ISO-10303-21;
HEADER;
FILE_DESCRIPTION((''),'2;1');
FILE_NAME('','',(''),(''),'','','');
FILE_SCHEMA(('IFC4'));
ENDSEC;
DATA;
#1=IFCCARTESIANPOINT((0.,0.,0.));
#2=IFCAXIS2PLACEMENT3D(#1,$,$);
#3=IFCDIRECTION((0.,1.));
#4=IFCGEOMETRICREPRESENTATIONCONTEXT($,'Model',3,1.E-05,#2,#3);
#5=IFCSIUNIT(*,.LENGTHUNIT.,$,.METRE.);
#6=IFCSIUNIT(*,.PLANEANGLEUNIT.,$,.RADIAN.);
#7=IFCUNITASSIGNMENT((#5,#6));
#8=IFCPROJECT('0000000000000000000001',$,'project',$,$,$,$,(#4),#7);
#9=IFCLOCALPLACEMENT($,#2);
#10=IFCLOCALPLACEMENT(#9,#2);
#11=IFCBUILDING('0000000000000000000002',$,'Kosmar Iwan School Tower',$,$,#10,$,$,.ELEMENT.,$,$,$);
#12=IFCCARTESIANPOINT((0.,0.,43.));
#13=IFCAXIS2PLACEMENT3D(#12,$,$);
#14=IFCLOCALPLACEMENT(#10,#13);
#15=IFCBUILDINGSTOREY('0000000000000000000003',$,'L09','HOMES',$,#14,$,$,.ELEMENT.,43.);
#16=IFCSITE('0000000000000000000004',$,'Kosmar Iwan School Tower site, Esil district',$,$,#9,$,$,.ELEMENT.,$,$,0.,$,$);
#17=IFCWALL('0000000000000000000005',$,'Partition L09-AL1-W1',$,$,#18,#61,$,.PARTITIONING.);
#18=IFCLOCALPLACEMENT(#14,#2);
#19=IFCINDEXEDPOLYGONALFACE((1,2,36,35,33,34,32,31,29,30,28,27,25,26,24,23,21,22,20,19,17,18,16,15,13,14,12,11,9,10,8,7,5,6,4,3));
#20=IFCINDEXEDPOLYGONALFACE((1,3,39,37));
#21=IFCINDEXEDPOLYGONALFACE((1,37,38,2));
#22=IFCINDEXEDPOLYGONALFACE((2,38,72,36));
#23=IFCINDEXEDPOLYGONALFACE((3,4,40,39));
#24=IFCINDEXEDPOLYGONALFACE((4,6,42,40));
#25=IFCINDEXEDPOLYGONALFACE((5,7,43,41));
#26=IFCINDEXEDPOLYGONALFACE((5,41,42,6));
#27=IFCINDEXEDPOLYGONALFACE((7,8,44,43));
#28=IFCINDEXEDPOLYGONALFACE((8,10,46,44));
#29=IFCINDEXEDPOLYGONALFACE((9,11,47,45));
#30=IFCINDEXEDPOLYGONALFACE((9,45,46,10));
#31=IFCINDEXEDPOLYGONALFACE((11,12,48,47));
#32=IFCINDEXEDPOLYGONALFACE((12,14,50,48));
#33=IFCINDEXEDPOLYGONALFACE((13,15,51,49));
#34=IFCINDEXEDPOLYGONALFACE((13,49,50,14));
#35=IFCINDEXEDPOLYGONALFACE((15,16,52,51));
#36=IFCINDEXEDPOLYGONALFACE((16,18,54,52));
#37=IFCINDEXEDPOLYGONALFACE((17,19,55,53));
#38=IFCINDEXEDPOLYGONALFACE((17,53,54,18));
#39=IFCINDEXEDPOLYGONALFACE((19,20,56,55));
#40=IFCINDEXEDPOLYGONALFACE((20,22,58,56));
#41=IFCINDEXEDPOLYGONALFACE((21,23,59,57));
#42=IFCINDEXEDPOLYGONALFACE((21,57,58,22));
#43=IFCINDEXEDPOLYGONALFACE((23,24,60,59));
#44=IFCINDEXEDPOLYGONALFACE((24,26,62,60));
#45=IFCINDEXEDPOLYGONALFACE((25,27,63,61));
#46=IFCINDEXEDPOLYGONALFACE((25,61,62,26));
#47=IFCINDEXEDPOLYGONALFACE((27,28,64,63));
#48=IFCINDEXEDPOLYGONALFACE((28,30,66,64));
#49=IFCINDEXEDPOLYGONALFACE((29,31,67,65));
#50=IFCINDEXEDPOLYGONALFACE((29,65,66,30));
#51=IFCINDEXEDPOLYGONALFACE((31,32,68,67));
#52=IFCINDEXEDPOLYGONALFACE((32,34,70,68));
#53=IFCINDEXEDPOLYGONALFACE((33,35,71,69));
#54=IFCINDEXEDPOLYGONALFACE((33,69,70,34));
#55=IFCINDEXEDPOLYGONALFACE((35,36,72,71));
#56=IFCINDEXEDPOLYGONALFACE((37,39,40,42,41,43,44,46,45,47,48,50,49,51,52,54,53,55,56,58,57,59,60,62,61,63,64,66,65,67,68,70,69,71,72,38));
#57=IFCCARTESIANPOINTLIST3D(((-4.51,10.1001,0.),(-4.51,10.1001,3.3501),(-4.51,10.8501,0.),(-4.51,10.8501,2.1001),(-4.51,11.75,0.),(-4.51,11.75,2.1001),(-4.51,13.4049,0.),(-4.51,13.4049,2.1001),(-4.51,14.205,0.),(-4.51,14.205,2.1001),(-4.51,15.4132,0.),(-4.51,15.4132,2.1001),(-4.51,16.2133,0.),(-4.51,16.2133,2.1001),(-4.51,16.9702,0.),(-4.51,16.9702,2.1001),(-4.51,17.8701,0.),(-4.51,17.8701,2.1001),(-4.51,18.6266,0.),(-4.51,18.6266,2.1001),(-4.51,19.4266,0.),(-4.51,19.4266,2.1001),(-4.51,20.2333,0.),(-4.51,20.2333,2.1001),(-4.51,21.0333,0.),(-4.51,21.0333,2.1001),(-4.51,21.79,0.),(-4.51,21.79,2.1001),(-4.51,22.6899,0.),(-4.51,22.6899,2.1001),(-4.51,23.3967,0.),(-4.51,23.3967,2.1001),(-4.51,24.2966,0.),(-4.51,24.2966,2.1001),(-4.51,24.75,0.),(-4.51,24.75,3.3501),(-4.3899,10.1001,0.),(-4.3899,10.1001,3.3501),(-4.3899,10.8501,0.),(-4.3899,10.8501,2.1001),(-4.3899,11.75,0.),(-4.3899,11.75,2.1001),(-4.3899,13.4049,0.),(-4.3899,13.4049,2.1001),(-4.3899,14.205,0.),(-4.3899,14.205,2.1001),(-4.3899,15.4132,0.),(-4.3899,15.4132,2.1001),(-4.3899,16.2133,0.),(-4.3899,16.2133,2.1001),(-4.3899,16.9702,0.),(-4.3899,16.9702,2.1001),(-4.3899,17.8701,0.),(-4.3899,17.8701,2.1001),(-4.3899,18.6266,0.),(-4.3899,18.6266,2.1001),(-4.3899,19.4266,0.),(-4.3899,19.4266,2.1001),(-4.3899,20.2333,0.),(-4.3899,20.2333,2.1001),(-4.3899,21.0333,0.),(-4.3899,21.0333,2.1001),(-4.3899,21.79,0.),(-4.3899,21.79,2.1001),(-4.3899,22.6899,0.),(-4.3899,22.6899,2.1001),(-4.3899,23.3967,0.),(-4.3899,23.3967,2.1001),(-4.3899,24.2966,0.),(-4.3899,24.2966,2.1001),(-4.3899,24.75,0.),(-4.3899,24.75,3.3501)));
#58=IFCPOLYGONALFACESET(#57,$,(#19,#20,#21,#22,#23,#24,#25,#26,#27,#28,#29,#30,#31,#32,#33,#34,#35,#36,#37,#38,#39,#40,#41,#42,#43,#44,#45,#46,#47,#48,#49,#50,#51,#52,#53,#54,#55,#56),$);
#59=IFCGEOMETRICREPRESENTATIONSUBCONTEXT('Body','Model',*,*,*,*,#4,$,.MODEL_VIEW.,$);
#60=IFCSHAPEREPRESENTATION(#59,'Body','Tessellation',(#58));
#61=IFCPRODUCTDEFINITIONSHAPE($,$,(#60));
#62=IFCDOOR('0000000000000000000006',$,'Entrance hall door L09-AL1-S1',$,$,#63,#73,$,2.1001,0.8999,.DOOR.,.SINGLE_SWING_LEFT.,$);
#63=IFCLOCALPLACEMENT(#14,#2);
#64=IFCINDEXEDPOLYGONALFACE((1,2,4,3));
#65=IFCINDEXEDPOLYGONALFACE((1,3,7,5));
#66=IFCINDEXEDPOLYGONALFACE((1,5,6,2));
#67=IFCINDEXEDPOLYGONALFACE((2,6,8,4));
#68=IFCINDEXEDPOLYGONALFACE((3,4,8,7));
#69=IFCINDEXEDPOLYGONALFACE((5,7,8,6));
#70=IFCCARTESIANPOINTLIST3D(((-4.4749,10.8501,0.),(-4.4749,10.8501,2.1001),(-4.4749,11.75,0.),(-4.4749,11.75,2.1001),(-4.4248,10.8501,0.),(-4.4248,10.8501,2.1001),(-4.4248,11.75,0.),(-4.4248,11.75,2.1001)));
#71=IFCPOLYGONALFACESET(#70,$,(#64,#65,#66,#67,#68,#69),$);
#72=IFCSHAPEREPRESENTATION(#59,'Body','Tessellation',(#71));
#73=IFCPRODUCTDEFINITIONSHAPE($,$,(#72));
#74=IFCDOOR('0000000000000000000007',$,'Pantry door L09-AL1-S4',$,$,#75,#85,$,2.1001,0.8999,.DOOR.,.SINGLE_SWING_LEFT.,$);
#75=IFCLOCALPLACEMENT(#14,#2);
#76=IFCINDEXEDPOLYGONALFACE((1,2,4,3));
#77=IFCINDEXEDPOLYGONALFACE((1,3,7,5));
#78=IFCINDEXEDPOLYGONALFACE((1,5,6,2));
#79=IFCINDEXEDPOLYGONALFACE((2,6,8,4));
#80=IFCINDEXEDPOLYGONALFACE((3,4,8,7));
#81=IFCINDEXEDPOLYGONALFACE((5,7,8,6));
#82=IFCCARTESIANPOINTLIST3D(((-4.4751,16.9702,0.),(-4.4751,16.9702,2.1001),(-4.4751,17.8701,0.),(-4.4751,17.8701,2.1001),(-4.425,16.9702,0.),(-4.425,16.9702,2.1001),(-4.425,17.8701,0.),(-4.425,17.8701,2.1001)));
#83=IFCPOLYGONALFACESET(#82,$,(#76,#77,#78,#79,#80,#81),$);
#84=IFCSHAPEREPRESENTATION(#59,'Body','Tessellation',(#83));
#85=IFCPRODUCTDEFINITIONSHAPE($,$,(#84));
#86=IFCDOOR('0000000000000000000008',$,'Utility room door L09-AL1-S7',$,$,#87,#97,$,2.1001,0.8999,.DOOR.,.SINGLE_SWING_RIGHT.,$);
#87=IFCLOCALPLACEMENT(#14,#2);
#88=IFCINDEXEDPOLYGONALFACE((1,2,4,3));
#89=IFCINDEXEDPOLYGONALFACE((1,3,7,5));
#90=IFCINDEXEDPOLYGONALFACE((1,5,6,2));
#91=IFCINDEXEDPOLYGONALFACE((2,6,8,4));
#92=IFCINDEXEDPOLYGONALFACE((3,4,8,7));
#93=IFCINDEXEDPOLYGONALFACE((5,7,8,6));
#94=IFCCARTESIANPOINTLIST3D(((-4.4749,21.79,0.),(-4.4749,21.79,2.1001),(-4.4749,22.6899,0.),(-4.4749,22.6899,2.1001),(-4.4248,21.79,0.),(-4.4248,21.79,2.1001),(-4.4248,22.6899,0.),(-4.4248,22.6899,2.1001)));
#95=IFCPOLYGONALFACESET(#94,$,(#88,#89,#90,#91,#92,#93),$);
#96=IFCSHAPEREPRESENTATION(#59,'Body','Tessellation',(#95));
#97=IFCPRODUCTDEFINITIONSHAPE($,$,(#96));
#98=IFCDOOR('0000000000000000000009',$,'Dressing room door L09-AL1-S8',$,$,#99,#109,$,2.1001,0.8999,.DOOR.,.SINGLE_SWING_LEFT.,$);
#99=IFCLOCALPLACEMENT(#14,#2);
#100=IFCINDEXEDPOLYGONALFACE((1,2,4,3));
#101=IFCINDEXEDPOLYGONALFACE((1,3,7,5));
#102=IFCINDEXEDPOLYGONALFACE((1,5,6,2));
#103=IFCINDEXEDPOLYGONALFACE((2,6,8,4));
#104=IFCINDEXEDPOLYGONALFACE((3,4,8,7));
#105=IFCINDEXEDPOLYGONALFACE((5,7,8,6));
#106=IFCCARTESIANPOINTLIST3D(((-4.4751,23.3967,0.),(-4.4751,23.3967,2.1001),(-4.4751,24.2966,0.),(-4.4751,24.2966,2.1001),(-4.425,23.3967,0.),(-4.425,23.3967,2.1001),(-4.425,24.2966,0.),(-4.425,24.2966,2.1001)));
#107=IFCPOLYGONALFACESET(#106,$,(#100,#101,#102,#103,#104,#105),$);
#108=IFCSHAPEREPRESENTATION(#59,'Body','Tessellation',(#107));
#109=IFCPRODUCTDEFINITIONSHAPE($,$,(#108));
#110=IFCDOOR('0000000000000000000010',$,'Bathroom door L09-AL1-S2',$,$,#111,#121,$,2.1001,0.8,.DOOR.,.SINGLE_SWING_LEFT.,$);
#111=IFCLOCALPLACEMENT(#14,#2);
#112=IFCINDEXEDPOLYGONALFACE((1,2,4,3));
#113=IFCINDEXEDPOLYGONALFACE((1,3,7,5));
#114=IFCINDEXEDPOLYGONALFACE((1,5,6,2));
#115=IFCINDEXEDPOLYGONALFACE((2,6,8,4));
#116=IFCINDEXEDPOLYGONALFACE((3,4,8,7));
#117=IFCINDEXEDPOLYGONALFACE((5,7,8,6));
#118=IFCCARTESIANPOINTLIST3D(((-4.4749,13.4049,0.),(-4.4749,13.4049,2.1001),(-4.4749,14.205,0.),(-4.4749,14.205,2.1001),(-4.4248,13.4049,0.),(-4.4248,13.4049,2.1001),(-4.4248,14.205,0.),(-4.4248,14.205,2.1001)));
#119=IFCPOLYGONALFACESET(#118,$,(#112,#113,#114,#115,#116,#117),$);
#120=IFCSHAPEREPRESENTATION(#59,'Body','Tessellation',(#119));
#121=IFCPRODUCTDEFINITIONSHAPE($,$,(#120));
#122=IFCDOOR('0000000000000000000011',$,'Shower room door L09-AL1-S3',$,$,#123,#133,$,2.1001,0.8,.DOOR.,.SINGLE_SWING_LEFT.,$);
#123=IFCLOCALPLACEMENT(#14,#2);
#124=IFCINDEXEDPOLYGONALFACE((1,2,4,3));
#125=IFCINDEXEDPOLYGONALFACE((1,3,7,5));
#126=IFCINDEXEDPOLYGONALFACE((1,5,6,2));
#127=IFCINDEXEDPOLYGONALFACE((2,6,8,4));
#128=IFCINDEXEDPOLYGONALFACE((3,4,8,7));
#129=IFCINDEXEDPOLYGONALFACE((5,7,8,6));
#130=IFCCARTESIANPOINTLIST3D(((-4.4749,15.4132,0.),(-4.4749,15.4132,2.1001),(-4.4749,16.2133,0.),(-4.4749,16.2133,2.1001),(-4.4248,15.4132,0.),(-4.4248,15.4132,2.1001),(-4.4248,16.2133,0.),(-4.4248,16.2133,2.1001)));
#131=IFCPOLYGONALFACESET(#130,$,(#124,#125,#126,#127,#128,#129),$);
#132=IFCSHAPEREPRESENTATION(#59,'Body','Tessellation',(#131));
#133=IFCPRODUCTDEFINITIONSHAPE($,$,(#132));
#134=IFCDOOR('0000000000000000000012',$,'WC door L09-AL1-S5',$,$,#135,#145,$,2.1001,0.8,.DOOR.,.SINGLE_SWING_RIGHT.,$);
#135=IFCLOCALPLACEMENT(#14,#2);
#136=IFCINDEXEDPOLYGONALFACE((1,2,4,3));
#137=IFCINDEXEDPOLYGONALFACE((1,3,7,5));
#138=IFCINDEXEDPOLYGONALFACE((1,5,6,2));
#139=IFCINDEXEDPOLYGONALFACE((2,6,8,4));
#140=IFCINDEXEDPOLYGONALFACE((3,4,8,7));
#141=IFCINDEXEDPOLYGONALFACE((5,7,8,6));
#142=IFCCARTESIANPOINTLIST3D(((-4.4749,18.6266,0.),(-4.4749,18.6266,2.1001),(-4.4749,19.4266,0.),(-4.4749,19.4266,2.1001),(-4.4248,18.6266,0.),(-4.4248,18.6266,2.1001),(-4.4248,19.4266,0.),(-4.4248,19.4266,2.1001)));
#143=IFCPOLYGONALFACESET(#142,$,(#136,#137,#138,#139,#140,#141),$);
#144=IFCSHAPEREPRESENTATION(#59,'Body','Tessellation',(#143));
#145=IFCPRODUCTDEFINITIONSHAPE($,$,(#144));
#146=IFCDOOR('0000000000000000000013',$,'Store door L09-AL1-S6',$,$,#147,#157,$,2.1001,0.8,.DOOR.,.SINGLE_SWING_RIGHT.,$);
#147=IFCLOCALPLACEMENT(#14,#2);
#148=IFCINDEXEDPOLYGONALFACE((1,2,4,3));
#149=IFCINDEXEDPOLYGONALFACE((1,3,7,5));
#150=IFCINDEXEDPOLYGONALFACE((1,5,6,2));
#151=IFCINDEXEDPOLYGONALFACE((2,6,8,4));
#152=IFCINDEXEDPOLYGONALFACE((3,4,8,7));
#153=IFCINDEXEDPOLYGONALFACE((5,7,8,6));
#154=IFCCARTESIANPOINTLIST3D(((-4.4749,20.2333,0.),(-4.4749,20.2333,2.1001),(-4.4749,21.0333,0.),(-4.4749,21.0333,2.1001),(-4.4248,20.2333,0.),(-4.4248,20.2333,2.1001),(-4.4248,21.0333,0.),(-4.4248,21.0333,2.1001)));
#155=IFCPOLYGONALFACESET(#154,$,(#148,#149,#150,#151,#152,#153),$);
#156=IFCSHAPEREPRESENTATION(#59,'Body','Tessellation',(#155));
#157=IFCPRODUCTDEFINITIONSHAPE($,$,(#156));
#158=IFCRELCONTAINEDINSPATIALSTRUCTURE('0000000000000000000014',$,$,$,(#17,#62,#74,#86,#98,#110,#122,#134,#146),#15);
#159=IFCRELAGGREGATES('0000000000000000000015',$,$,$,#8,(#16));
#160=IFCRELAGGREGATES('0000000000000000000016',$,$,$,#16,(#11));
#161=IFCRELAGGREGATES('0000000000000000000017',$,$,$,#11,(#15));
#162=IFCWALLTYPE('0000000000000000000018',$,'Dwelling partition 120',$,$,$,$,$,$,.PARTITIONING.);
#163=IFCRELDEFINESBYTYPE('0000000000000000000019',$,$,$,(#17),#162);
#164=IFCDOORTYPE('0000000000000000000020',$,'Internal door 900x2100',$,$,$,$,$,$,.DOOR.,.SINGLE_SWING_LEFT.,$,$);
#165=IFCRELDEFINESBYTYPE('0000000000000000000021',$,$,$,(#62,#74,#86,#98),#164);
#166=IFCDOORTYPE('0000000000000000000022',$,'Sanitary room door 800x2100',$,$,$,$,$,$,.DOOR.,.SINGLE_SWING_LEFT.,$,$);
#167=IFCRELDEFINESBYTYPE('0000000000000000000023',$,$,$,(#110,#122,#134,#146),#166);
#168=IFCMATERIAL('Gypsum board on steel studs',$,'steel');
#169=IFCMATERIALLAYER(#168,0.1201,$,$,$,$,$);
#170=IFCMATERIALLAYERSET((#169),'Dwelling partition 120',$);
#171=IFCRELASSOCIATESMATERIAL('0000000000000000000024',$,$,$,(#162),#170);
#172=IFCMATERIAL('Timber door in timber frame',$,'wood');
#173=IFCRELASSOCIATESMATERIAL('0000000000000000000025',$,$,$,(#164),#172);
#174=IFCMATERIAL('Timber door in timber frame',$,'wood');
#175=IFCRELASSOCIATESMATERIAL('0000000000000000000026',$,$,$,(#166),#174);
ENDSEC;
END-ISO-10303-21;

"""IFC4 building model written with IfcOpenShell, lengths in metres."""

from ifc_helpers import new_model, si_unit, direction, frame, frame_2d, origin, place, context, subcontext, project, spatial, rectangle, extrude, material, layer, layer_set, type_object, element, fill, save


model = new_model("IFC4")

# Units and contexts
model_context = context("Model", 3, precision=1e-05, world=origin(), true_north=direction((0.0, 1.0)))
body_context = subcontext(model_context, "Body", "Model", "MODEL_VIEW")
ifc_project = project(units=[si_unit("LENGTHUNIT", "METRE"), si_unit("PLANEANGLEUNIT", "RADIAN")], contexts=[model_context])

# Site, building, storey
site_placement = place(None, origin())
site = spatial("IfcSite", under=ifc_project, at=site_placement, Name="Kosmar Iwan School Tower site, Esil district", CompositionType="ELEMENT", RefElevation=0.0)
building_placement = place(site_placement, origin())
building = spatial("IfcBuilding", under=site, at=building_placement, Name="Kosmar Iwan School Tower", CompositionType="ELEMENT")
storey_placement = place(building_placement, frame((0.0, 0.0, 43.0)))
storey = spatial("IfcBuildingStorey", under=building, at=storey_placement, Name="L09", Description="HOMES", CompositionType="ELEMENT", Elevation=43.0)

# Wall, openings, doors
ifc_material_1 = material(Name="Gypsum board on steel studs", Category="steel")
ifc_layer_1 = layer(ifc_material_1, 0.1201)
ifc_layer_set_1 = layer_set([ifc_layer_1], Name="Dwelling partition 120")
wall_type_1 = type_object("IfcWallType", Name="Dwelling partition 120", PredefinedType="PARTITIONING", material=ifc_layer_set_1)
wall_1_placement = place(storey_placement, frame((-4.45, 10.1001, 0.0), z_axis=(0.0, 0.0, 1.0), x_axis=(0.0, 1.0, 0.0)))
wall_1 = element("IfcWall", 1, at=wall_1_placement, inside=storey, type_object=wall_type_1, Name="Partition L09-AL1-W1", PredefinedType="PARTITIONING", context=body_context, shape_type="SweptSolid", body=[
    extrude(rectangle(XDim=14.6499, YDim=0.1201, at=frame_2d((7.325, 0.0))), origin(), (0.0, 0.0, 1.0), 3.3501),
])
opening_1_placement = place(wall_1_placement, frame((0.75, 0.0, 0.0)))
opening_1 = element("IfcOpeningElement", 2, at=opening_1_placement, cuts=wall_1, PredefinedType="OPENING", context=body_context, shape_type="SweptSolid", body=[
    extrude(rectangle(XDim=0.8999, YDim=2.1001, at=frame_2d((0.45, 1.05))), frame((0.0, 0.072, 0.0), z_axis=(0.0, -1.0, 0.0), x_axis=(1.0, 0.0, 0.0)), (0.0, 0.0, 1.0), 0.144),
])
opening_2_placement = place(wall_1_placement, frame((3.3049, 0.0, 0.0)))
opening_2 = element("IfcOpeningElement", 3, at=opening_2_placement, cuts=wall_1, PredefinedType="OPENING", context=body_context, shape_type="SweptSolid", body=[
    extrude(rectangle(XDim=0.8, YDim=2.1001, at=frame_2d((0.3999, 1.05))), frame((0.0, 0.072, 0.0), z_axis=(0.0, -1.0, 0.0), x_axis=(1.0, 0.0, 0.0)), (0.0, 0.0, 1.0), 0.144),
])
opening_3_placement = place(wall_1_placement, frame((5.3132, 0.0, 0.0)))
opening_3 = element("IfcOpeningElement", 4, at=opening_3_placement, cuts=wall_1, PredefinedType="OPENING", context=body_context, shape_type="SweptSolid", body=[
    extrude(rectangle(XDim=0.8, YDim=2.1001, at=frame_2d((0.3999, 1.05))), frame((0.0, 0.072, 0.0), z_axis=(0.0, -1.0, 0.0), x_axis=(1.0, 0.0, 0.0)), (0.0, 0.0, 1.0), 0.144),
])
opening_4_placement = place(wall_1_placement, frame((6.8701, 0.0, 0.0)))
opening_4 = element("IfcOpeningElement", 5, at=opening_4_placement, cuts=wall_1, PredefinedType="OPENING", context=body_context, shape_type="SweptSolid", body=[
    extrude(rectangle(XDim=0.8999, YDim=2.1001, at=frame_2d((0.45, 1.05))), frame((0.0, 0.072, 0.0), z_axis=(0.0, -1.0, 0.0), x_axis=(1.0, 0.0, 0.0)), (0.0, 0.0, 1.0), 0.144),
])
opening_5_placement = place(wall_1_placement, frame((8.5266, 0.0, 0.0)))
opening_5 = element("IfcOpeningElement", 6, at=opening_5_placement, cuts=wall_1, PredefinedType="OPENING", context=body_context, shape_type="SweptSolid", body=[
    extrude(rectangle(XDim=0.8, YDim=2.1001, at=frame_2d((0.3999, 1.05))), frame((0.0, 0.072, 0.0), z_axis=(0.0, -1.0, 0.0), x_axis=(1.0, 0.0, 0.0)), (0.0, 0.0, 1.0), 0.144),
])
opening_6_placement = place(wall_1_placement, frame((10.1333, 0.0, 0.0)))
opening_6 = element("IfcOpeningElement", 7, at=opening_6_placement, cuts=wall_1, PredefinedType="OPENING", context=body_context, shape_type="SweptSolid", body=[
    extrude(rectangle(XDim=0.8, YDim=2.1001, at=frame_2d((0.3999, 1.05))), frame((0.0, 0.072, 0.0), z_axis=(0.0, -1.0, 0.0), x_axis=(1.0, 0.0, 0.0)), (0.0, 0.0, 1.0), 0.144),
])
opening_7_placement = place(wall_1_placement, frame((11.6899, 0.0, 0.0)))
opening_7 = element("IfcOpeningElement", 8, at=opening_7_placement, cuts=wall_1, PredefinedType="OPENING", context=body_context, shape_type="SweptSolid", body=[
    extrude(rectangle(XDim=0.8999, YDim=2.1001, at=frame_2d((0.45, 1.05))), frame((0.0, 0.072, 0.0), z_axis=(0.0, -1.0, 0.0), x_axis=(1.0, 0.0, 0.0)), (0.0, 0.0, 1.0), 0.144),
])
opening_8_placement = place(wall_1_placement, frame((13.2966, 0.0, 0.0)))
opening_8 = element("IfcOpeningElement", 9, at=opening_8_placement, cuts=wall_1, PredefinedType="OPENING", context=body_context, shape_type="SweptSolid", body=[
    extrude(rectangle(XDim=0.8999, YDim=2.1001, at=frame_2d((0.45, 1.05))), frame((0.0, 0.072, 0.0), z_axis=(0.0, -1.0, 0.0), x_axis=(1.0, 0.0, 0.0)), (0.0, 0.0, 1.0), 0.144),
])
ifc_material_2 = material(Name="Timber door in timber frame", Category="wood")
door_type_1 = type_object("IfcDoorType", Name="Internal door 900x2100", OperationType="SINGLE_SWING_LEFT", PredefinedType="DOOR", material=ifc_material_2)
door_1_placement = place(opening_1_placement, origin())
door_1 = element("IfcDoor", 10, at=door_1_placement, inside=storey, type_object=door_type_1, Name="Entrance hall door L09-AL1-S1", OperationType="SINGLE_SWING_LEFT", OverallHeight=2.1001, OverallWidth=0.8999, PredefinedType="DOOR", context=body_context, shape_type="SweptSolid", body=[
    extrude(rectangle(XDim=0.8999, YDim=2.1001, at=frame_2d((0.45, 1.05))), frame((0.0, 0.0249, 0.0), z_axis=(0.0, -1.0, 0.0), x_axis=(1.0, 0.0, 0.0)), (0.0, 0.0, 1.0), 0.05),
])
fill(opening_1, door_1)
door_2_placement = place(opening_4_placement, frame((0.8999, 0.0, 0.0), z_axis=(0.0, 0.0, 1.0), x_axis=(-1.0, 0.0, 0.0)))
door_2 = element("IfcDoor", 11, at=door_2_placement, inside=storey, type_object=door_type_1, Name="Pantry door L09-AL1-S4", OperationType="SINGLE_SWING_LEFT", OverallHeight=2.1001, OverallWidth=0.8999, PredefinedType="DOOR", context=body_context, shape_type="SweptSolid", body=[
    extrude(rectangle(XDim=0.8999, YDim=2.1001, at=frame_2d((0.45, 1.05))), frame((0.0, 0.0249, 0.0), z_axis=(0.0, -1.0, 0.0), x_axis=(1.0, 0.0, 0.0)), (0.0, 0.0, 1.0), 0.05),
])
fill(opening_4, door_2)
door_3_placement = place(opening_7_placement, origin())
door_3 = element("IfcDoor", 12, at=door_3_placement, inside=storey, type_object=door_type_1, Name="Utility room door L09-AL1-S7", OperationType="SINGLE_SWING_RIGHT", OverallHeight=2.1001, OverallWidth=0.8999, PredefinedType="DOOR", context=body_context, shape_type="SweptSolid", body=[
    extrude(rectangle(XDim=0.8999, YDim=2.1001, at=frame_2d((0.45, 1.05))), frame((0.0, 0.0249, 0.0), z_axis=(0.0, -1.0, 0.0), x_axis=(1.0, 0.0, 0.0)), (0.0, 0.0, 1.0), 0.05),
])
fill(opening_7, door_3)
door_4_placement = place(opening_8_placement, frame((0.8999, 0.0, 0.0), z_axis=(0.0, 0.0, 1.0), x_axis=(-1.0, 0.0, 0.0)))
door_4 = element("IfcDoor", 13, at=door_4_placement, inside=storey, type_object=door_type_1, Name="Dressing room door L09-AL1-S8", OperationType="SINGLE_SWING_LEFT", OverallHeight=2.1001, OverallWidth=0.8999, PredefinedType="DOOR", context=body_context, shape_type="SweptSolid", body=[
    extrude(rectangle(XDim=0.8999, YDim=2.1001, at=frame_2d((0.45, 1.05))), frame((0.0, 0.0249, 0.0), z_axis=(0.0, -1.0, 0.0), x_axis=(1.0, 0.0, 0.0)), (0.0, 0.0, 1.0), 0.05),
])
fill(opening_8, door_4)
ifc_material_3 = material(Name="Timber door in timber frame", Category="wood")
door_type_2 = type_object("IfcDoorType", Name="Sanitary room door 800x2100", OperationType="SINGLE_SWING_LEFT", PredefinedType="DOOR", material=ifc_material_3)
door_5_placement = place(opening_2_placement, origin())
door_5 = element("IfcDoor", 14, at=door_5_placement, inside=storey, type_object=door_type_2, Name="Bathroom door L09-AL1-S2", OperationType="SINGLE_SWING_LEFT", OverallHeight=2.1001, OverallWidth=0.8, PredefinedType="DOOR", context=body_context, shape_type="SweptSolid", body=[
    extrude(rectangle(XDim=0.8, YDim=2.1001, at=frame_2d((0.3999, 1.05))), frame((0.0, 0.0249, 0.0), z_axis=(0.0, -1.0, 0.0), x_axis=(1.0, 0.0, 0.0)), (0.0, 0.0, 1.0), 0.05),
])
fill(opening_2, door_5)
door_6_placement = place(opening_3_placement, origin())
door_6 = element("IfcDoor", 15, at=door_6_placement, inside=storey, type_object=door_type_2, Name="Shower room door L09-AL1-S3", OperationType="SINGLE_SWING_LEFT", OverallHeight=2.1001, OverallWidth=0.8, PredefinedType="DOOR", context=body_context, shape_type="SweptSolid", body=[
    extrude(rectangle(XDim=0.8, YDim=2.1001, at=frame_2d((0.3999, 1.05))), frame((0.0, 0.0249, 0.0), z_axis=(0.0, -1.0, 0.0), x_axis=(1.0, 0.0, 0.0)), (0.0, 0.0, 1.0), 0.05),
])
fill(opening_3, door_6)
door_7_placement = place(opening_5_placement, origin())
door_7 = element("IfcDoor", 16, at=door_7_placement, inside=storey, type_object=door_type_2, Name="WC door L09-AL1-S5", OperationType="SINGLE_SWING_RIGHT", OverallHeight=2.1001, OverallWidth=0.8, PredefinedType="DOOR", context=body_context, shape_type="SweptSolid", body=[
    extrude(rectangle(XDim=0.8, YDim=2.1001, at=frame_2d((0.3999, 1.05))), frame((0.0, 0.0249, 0.0), z_axis=(0.0, -1.0, 0.0), x_axis=(1.0, 0.0, 0.0)), (0.0, 0.0, 1.0), 0.05),
])
fill(opening_5, door_7)
door_8_placement = place(opening_6_placement, origin())
door_8 = element("IfcDoor", 17, at=door_8_placement, inside=storey, type_object=door_type_2, Name="Store door L09-AL1-S6", OperationType="SINGLE_SWING_RIGHT", OverallHeight=2.1001, OverallWidth=0.8, PredefinedType="DOOR", context=body_context, shape_type="SweptSolid", body=[
    extrude(rectangle(XDim=0.8, YDim=2.1001, at=frame_2d((0.3999, 1.05))), frame((0.0, 0.0249, 0.0), z_axis=(0.0, -1.0, 0.0), x_axis=(1.0, 0.0, 0.0)), (0.0, 0.0, 1.0), 0.05),
])
fill(opening_6, door_8)

save(model, "model.ifc")
